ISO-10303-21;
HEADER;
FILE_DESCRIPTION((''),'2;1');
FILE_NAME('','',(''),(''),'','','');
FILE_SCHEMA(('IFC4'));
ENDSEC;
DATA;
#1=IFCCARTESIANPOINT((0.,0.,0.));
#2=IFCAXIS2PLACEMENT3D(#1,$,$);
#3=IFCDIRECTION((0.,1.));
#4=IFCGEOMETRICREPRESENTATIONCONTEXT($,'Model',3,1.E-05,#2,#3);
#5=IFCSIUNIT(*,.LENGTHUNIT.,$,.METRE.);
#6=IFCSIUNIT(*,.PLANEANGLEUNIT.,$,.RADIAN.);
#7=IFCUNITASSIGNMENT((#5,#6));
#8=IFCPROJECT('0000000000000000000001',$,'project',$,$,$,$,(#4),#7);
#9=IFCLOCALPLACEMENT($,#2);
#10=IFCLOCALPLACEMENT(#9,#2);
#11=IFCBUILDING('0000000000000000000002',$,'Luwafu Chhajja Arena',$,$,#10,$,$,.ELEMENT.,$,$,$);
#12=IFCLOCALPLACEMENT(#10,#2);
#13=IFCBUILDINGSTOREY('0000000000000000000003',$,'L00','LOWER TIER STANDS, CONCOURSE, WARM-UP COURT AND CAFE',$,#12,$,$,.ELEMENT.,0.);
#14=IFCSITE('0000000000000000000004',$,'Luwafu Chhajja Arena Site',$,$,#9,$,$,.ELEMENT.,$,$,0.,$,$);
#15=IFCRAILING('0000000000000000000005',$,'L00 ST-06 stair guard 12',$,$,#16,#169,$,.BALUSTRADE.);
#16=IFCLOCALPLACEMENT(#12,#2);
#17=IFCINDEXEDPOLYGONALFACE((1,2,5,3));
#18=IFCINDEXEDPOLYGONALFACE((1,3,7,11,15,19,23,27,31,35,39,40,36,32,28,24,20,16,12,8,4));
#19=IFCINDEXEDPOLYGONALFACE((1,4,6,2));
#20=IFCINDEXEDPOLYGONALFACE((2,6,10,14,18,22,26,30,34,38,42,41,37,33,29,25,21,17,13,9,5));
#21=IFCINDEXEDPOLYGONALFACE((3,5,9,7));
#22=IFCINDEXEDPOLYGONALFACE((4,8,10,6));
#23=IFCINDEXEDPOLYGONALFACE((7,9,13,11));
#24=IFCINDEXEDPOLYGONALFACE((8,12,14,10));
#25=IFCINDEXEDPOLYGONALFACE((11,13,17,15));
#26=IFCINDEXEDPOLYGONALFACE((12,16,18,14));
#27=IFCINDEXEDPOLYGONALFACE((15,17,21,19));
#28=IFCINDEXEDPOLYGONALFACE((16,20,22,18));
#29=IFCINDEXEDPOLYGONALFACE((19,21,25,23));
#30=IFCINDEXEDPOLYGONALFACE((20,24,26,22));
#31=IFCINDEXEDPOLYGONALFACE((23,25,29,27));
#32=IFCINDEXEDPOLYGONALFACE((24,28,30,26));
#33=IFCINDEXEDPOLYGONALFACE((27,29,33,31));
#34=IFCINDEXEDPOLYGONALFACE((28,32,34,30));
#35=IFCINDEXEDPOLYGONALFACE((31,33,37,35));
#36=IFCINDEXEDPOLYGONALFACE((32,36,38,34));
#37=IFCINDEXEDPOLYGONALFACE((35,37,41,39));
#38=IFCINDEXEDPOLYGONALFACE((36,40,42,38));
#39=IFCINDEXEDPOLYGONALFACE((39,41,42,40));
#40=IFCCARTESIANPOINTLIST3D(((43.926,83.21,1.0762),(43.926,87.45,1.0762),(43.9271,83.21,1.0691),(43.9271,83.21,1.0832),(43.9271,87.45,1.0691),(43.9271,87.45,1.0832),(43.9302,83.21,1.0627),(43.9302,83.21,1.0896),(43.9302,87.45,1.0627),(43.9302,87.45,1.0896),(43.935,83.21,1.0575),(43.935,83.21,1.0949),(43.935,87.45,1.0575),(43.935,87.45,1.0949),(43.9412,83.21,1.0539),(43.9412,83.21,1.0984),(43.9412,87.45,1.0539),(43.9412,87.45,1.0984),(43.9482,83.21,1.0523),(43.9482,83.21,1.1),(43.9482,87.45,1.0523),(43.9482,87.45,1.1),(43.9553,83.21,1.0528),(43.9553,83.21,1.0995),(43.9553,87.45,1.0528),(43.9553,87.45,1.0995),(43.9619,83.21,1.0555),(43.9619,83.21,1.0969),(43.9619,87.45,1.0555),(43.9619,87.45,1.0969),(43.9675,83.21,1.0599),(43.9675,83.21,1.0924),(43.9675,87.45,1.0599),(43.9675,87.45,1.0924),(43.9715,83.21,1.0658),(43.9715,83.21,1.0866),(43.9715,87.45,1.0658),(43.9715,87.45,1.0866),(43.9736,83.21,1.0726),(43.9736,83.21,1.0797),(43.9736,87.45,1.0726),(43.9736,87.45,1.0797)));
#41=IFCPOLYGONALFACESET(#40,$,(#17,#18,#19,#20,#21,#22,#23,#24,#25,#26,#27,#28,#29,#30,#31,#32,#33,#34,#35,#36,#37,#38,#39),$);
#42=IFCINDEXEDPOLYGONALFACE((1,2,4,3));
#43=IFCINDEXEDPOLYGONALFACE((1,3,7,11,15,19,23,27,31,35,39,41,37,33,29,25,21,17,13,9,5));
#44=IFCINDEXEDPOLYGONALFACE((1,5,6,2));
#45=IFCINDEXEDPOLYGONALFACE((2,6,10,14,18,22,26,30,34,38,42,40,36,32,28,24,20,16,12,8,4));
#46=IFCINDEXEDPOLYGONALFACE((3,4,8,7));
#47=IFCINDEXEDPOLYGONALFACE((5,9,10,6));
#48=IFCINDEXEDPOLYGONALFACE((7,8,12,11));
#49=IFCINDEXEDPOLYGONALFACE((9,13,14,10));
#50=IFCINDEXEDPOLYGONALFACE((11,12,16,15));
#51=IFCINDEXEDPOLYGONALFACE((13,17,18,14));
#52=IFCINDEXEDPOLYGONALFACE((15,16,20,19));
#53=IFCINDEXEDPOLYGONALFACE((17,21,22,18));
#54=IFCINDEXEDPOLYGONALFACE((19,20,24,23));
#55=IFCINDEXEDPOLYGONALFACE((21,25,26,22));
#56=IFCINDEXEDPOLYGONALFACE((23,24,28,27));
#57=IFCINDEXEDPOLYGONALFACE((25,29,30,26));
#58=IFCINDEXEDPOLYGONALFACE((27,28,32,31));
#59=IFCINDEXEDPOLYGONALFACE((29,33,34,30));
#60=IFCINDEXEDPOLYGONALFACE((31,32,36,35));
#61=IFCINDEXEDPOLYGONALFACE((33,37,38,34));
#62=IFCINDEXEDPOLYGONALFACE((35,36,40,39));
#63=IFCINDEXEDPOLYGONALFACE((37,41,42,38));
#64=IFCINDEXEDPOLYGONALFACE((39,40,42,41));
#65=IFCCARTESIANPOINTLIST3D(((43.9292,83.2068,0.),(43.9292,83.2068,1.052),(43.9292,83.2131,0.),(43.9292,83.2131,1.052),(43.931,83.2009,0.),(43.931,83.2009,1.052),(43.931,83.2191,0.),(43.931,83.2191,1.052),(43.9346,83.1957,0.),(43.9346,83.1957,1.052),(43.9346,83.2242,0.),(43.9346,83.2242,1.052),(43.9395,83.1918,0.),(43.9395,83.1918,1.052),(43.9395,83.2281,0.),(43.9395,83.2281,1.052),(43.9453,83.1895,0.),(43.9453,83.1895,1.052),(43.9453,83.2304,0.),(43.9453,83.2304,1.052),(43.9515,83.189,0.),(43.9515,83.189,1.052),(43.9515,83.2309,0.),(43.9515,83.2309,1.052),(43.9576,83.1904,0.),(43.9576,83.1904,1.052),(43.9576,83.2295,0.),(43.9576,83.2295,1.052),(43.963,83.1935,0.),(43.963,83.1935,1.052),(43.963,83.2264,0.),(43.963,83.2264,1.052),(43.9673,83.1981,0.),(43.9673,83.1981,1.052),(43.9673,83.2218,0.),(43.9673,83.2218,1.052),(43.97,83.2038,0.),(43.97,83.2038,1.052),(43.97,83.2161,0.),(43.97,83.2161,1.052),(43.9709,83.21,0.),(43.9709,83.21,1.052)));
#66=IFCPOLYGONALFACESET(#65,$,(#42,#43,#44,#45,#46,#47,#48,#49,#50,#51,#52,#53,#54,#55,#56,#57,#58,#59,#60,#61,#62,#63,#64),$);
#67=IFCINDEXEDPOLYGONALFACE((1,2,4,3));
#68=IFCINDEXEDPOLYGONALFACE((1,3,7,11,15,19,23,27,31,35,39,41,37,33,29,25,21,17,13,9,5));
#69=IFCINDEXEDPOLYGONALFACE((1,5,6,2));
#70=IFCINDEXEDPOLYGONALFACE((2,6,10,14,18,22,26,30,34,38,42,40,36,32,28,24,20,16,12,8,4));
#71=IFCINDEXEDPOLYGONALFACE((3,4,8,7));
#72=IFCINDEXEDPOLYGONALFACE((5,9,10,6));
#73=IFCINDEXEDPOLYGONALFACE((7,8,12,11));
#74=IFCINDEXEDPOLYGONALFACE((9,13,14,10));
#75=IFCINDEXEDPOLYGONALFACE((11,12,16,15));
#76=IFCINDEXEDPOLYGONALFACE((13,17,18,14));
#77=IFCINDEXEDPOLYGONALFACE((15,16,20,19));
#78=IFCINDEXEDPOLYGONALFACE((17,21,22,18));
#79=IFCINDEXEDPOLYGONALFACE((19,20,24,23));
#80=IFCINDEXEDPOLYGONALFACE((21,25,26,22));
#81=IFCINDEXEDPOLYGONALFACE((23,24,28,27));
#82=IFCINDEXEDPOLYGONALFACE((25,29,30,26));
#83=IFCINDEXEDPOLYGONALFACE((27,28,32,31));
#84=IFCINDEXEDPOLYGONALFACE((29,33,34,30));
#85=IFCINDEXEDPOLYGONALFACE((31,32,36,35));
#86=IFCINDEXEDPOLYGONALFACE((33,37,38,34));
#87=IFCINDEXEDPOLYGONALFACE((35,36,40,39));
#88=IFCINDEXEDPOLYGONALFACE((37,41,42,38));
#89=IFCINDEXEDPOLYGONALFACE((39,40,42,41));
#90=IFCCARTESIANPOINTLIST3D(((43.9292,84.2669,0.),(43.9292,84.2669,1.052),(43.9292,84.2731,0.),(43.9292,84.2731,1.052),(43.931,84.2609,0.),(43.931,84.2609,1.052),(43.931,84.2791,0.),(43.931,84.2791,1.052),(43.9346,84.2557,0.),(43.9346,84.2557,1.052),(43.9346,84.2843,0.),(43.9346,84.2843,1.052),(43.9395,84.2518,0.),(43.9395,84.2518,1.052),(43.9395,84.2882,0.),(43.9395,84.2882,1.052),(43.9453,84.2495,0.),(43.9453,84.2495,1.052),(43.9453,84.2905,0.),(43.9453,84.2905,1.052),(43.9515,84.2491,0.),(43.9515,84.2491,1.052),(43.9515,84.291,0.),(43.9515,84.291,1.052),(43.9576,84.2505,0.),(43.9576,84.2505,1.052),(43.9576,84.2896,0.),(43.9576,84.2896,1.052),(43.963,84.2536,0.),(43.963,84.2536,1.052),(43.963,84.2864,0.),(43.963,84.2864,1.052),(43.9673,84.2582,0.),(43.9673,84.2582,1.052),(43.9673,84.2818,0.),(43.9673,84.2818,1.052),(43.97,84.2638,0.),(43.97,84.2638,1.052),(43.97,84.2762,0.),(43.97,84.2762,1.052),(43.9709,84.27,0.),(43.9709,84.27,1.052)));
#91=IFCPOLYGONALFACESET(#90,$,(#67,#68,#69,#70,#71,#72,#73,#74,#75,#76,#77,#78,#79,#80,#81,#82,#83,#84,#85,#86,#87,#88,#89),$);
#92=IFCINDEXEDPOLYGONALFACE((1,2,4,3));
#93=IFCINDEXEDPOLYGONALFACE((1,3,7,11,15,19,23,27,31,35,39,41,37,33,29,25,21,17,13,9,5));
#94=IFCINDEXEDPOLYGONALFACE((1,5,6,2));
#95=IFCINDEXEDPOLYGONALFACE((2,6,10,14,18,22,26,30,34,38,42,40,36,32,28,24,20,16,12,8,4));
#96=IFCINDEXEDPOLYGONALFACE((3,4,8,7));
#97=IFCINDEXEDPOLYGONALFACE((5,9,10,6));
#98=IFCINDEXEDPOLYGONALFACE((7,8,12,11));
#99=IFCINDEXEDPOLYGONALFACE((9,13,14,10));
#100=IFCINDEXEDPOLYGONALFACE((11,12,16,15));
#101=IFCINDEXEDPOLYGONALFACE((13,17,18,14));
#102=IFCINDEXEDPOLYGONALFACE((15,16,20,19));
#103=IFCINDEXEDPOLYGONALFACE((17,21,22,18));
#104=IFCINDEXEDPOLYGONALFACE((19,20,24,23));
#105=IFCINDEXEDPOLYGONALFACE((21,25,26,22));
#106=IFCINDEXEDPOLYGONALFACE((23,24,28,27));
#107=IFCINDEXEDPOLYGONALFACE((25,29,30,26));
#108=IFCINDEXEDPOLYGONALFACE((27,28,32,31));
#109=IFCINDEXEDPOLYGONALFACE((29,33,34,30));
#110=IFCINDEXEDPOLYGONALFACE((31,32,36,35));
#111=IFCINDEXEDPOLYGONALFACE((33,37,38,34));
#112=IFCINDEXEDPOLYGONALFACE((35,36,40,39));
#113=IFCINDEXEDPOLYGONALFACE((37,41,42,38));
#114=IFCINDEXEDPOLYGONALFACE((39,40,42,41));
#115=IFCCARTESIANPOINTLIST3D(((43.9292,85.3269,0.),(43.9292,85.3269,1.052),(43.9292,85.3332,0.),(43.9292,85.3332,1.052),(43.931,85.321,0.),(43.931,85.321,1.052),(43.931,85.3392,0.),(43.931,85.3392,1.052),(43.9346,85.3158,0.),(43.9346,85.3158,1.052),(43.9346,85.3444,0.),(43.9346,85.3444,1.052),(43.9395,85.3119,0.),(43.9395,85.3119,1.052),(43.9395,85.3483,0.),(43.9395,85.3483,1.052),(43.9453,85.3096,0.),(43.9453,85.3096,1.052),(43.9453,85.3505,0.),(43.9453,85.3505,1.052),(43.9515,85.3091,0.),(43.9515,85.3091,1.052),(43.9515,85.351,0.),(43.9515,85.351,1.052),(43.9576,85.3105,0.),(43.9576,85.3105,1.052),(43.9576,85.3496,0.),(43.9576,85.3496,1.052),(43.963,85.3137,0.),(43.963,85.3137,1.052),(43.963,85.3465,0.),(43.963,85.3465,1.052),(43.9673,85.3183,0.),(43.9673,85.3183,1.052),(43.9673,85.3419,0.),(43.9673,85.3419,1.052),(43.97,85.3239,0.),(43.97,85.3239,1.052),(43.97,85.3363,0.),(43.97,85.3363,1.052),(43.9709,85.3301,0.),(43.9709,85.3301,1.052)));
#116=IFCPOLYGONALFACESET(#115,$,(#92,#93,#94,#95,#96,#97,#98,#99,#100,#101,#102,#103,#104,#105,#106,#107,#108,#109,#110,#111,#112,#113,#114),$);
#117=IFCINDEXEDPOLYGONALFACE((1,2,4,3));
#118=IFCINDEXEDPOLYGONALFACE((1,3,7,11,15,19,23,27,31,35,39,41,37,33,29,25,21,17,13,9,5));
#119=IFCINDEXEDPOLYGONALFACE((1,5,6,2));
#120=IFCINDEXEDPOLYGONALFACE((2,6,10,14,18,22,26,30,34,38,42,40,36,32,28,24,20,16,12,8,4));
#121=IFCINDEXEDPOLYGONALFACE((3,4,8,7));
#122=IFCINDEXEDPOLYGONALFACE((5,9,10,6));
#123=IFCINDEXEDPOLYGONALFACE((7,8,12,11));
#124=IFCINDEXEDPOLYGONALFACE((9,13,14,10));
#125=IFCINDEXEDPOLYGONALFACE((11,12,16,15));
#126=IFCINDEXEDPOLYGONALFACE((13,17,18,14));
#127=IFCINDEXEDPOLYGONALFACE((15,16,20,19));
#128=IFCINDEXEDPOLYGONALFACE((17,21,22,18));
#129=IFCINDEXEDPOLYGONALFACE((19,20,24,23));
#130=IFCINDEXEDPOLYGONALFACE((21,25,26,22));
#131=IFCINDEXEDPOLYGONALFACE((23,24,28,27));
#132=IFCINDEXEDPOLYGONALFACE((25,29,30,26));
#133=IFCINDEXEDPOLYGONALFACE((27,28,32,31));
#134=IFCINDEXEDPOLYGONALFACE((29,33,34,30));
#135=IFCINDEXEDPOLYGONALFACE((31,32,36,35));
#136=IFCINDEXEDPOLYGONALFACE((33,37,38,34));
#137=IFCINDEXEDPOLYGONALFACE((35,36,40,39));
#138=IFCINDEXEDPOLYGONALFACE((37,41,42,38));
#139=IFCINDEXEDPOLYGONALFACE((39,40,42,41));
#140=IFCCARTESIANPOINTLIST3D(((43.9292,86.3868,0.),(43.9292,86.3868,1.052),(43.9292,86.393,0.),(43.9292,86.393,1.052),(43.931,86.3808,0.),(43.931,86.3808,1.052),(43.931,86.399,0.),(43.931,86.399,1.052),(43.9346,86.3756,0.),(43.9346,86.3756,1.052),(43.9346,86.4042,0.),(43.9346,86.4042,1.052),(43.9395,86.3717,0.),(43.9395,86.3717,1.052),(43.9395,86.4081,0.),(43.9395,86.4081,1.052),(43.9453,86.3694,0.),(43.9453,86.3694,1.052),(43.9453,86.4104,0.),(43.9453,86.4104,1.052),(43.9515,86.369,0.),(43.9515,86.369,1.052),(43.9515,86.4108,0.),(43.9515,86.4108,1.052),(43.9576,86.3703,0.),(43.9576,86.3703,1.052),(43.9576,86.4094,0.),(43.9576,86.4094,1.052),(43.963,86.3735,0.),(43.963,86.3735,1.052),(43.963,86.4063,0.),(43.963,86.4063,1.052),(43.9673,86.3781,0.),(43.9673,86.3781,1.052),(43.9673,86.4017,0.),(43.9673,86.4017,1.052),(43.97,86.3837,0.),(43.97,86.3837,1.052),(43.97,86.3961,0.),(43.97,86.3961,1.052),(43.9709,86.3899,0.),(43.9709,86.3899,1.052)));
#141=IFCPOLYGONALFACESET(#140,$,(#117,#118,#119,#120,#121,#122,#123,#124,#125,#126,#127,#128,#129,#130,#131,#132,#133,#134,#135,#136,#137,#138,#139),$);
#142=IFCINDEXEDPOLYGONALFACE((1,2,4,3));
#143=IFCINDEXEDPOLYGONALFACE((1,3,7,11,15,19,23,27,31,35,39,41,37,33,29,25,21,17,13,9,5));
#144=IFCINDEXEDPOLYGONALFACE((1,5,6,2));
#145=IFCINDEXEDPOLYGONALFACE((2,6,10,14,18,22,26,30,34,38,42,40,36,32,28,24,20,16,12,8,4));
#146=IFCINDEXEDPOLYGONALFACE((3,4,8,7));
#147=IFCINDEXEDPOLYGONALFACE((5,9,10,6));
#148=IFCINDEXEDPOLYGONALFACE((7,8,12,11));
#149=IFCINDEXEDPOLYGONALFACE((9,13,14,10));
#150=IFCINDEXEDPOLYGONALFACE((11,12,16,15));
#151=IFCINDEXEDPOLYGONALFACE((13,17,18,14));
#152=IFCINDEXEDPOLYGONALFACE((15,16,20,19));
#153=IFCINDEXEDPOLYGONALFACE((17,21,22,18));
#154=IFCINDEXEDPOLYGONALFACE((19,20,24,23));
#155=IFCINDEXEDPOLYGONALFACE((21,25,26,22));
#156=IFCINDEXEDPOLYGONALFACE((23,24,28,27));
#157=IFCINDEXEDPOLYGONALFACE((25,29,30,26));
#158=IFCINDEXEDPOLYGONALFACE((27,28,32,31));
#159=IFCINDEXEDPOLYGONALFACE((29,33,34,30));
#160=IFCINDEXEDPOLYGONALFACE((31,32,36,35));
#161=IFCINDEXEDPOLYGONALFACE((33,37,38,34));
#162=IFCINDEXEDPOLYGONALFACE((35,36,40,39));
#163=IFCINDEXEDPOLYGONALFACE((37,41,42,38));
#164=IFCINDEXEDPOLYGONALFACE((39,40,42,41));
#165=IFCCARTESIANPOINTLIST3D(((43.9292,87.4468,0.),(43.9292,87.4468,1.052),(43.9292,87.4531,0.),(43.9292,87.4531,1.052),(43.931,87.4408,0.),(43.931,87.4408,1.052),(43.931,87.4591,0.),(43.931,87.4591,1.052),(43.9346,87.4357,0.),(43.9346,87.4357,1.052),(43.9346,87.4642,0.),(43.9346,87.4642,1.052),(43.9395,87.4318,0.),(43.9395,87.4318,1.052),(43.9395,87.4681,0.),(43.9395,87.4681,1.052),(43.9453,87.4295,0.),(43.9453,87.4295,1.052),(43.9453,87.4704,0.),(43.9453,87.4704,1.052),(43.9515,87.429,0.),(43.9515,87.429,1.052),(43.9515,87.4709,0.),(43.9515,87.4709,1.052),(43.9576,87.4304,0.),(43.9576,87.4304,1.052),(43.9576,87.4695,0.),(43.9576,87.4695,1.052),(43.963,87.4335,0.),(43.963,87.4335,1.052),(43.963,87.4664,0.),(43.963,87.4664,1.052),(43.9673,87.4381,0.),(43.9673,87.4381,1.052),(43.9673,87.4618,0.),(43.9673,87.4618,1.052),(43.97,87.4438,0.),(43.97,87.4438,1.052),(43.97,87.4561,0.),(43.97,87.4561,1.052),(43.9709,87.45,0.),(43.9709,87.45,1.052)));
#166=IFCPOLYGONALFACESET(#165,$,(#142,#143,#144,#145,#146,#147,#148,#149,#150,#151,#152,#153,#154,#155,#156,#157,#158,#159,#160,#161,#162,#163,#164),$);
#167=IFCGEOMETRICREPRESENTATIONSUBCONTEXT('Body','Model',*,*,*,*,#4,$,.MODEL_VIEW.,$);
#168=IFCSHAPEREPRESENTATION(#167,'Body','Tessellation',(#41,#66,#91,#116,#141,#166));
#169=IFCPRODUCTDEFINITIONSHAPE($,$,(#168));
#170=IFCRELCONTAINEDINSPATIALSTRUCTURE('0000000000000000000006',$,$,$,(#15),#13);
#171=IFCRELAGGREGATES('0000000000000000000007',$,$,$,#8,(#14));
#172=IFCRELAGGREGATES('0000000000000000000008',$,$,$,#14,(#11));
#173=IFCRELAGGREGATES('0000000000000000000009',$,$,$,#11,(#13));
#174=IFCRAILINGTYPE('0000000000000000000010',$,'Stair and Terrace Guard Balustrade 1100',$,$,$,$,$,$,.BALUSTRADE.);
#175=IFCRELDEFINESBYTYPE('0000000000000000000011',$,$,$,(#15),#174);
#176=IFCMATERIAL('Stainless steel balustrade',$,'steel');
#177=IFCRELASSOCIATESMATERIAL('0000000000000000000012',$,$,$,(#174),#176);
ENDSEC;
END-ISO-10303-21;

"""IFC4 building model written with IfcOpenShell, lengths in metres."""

from ifc_helpers import new_model, si_unit, direction, frame, origin, origin_2d, place, context, subcontext, project, spatial, circle, extrude, material, type_object, element, save


model = new_model("IFC4")

# Units and contexts
model_context = context("Model", 3, precision=1e-05, world=origin(), true_north=direction((0.0, 1.0)))
body_context = subcontext(model_context, "Body", "Model", "MODEL_VIEW")
ifc_project = project(units=[si_unit("LENGTHUNIT", "METRE"), si_unit("PLANEANGLEUNIT", "RADIAN")], contexts=[model_context])

# Site, building, storey
site_placement = place(None, origin())
site = spatial("IfcSite", under=ifc_project, at=site_placement, Name="Luwafu Chhajja Arena Site", CompositionType="ELEMENT", RefElevation=0.0)
building_placement = place(site_placement, origin())
building = spatial("IfcBuilding", under=site, at=building_placement, Name="Luwafu Chhajja Arena", CompositionType="ELEMENT")
storey_placement = place(building_placement, origin())
storey = spatial("IfcBuildingStorey", under=building, at=storey_placement, Name="L00", Description="LOWER TIER STANDS, CONCOURSE, WARM-UP COURT AND CAFE", CompositionType="ELEMENT", Elevation=0.0)

# Railing
ifc_material_1 = material(Name="Stainless steel balustrade", Category="steel")
railing_type_1 = type_object("IfcRailingType", Name="Stair and Terrace Guard Balustrade 1100", PredefinedType="BALUSTRADE", material=ifc_material_1)
railing_1_placement = place(storey_placement, frame((43.95, 83.21, 0.0)))
element("IfcRailing", 1, at=railing_1_placement, inside=storey, type_object=railing_type_1, Name="L00 ST-06 stair guard 12", PredefinedType="BALUSTRADE", context=body_context, shape_type="SweptSolid", body=[
    extrude(circle(Radius=0.0239, at=origin_2d()), frame((0.0, 0.0, 1.0762), z_axis=(0.0, 1.0, 0.0), x_axis=(-1.0, 0.0, 0.0)), (0.0, 0.0, 1.0), 4.24),
    extrude(circle(Radius=0.021, at=origin_2d()), origin(), (0.0, 0.0, 1.0), 1.052),
    extrude(circle(Radius=0.021, at=origin_2d()), frame((0.0, 1.0601, 0.0)), (0.0, 0.0, 1.0), 1.052),
    extrude(circle(Radius=0.021, at=origin_2d()), frame((0.0, 2.1201, 0.0)), (0.0, 0.0, 1.0), 1.052),
    extrude(circle(Radius=0.021, at=origin_2d()), frame((0.0, 3.1799, 0.0)), (0.0, 0.0, 1.0), 1.052),
    extrude(circle(Radius=0.021, at=origin_2d()), frame((0.0, 4.24, 0.0)), (0.0, 0.0, 1.0), 1.052),
])

save(model, "model.ifc")
